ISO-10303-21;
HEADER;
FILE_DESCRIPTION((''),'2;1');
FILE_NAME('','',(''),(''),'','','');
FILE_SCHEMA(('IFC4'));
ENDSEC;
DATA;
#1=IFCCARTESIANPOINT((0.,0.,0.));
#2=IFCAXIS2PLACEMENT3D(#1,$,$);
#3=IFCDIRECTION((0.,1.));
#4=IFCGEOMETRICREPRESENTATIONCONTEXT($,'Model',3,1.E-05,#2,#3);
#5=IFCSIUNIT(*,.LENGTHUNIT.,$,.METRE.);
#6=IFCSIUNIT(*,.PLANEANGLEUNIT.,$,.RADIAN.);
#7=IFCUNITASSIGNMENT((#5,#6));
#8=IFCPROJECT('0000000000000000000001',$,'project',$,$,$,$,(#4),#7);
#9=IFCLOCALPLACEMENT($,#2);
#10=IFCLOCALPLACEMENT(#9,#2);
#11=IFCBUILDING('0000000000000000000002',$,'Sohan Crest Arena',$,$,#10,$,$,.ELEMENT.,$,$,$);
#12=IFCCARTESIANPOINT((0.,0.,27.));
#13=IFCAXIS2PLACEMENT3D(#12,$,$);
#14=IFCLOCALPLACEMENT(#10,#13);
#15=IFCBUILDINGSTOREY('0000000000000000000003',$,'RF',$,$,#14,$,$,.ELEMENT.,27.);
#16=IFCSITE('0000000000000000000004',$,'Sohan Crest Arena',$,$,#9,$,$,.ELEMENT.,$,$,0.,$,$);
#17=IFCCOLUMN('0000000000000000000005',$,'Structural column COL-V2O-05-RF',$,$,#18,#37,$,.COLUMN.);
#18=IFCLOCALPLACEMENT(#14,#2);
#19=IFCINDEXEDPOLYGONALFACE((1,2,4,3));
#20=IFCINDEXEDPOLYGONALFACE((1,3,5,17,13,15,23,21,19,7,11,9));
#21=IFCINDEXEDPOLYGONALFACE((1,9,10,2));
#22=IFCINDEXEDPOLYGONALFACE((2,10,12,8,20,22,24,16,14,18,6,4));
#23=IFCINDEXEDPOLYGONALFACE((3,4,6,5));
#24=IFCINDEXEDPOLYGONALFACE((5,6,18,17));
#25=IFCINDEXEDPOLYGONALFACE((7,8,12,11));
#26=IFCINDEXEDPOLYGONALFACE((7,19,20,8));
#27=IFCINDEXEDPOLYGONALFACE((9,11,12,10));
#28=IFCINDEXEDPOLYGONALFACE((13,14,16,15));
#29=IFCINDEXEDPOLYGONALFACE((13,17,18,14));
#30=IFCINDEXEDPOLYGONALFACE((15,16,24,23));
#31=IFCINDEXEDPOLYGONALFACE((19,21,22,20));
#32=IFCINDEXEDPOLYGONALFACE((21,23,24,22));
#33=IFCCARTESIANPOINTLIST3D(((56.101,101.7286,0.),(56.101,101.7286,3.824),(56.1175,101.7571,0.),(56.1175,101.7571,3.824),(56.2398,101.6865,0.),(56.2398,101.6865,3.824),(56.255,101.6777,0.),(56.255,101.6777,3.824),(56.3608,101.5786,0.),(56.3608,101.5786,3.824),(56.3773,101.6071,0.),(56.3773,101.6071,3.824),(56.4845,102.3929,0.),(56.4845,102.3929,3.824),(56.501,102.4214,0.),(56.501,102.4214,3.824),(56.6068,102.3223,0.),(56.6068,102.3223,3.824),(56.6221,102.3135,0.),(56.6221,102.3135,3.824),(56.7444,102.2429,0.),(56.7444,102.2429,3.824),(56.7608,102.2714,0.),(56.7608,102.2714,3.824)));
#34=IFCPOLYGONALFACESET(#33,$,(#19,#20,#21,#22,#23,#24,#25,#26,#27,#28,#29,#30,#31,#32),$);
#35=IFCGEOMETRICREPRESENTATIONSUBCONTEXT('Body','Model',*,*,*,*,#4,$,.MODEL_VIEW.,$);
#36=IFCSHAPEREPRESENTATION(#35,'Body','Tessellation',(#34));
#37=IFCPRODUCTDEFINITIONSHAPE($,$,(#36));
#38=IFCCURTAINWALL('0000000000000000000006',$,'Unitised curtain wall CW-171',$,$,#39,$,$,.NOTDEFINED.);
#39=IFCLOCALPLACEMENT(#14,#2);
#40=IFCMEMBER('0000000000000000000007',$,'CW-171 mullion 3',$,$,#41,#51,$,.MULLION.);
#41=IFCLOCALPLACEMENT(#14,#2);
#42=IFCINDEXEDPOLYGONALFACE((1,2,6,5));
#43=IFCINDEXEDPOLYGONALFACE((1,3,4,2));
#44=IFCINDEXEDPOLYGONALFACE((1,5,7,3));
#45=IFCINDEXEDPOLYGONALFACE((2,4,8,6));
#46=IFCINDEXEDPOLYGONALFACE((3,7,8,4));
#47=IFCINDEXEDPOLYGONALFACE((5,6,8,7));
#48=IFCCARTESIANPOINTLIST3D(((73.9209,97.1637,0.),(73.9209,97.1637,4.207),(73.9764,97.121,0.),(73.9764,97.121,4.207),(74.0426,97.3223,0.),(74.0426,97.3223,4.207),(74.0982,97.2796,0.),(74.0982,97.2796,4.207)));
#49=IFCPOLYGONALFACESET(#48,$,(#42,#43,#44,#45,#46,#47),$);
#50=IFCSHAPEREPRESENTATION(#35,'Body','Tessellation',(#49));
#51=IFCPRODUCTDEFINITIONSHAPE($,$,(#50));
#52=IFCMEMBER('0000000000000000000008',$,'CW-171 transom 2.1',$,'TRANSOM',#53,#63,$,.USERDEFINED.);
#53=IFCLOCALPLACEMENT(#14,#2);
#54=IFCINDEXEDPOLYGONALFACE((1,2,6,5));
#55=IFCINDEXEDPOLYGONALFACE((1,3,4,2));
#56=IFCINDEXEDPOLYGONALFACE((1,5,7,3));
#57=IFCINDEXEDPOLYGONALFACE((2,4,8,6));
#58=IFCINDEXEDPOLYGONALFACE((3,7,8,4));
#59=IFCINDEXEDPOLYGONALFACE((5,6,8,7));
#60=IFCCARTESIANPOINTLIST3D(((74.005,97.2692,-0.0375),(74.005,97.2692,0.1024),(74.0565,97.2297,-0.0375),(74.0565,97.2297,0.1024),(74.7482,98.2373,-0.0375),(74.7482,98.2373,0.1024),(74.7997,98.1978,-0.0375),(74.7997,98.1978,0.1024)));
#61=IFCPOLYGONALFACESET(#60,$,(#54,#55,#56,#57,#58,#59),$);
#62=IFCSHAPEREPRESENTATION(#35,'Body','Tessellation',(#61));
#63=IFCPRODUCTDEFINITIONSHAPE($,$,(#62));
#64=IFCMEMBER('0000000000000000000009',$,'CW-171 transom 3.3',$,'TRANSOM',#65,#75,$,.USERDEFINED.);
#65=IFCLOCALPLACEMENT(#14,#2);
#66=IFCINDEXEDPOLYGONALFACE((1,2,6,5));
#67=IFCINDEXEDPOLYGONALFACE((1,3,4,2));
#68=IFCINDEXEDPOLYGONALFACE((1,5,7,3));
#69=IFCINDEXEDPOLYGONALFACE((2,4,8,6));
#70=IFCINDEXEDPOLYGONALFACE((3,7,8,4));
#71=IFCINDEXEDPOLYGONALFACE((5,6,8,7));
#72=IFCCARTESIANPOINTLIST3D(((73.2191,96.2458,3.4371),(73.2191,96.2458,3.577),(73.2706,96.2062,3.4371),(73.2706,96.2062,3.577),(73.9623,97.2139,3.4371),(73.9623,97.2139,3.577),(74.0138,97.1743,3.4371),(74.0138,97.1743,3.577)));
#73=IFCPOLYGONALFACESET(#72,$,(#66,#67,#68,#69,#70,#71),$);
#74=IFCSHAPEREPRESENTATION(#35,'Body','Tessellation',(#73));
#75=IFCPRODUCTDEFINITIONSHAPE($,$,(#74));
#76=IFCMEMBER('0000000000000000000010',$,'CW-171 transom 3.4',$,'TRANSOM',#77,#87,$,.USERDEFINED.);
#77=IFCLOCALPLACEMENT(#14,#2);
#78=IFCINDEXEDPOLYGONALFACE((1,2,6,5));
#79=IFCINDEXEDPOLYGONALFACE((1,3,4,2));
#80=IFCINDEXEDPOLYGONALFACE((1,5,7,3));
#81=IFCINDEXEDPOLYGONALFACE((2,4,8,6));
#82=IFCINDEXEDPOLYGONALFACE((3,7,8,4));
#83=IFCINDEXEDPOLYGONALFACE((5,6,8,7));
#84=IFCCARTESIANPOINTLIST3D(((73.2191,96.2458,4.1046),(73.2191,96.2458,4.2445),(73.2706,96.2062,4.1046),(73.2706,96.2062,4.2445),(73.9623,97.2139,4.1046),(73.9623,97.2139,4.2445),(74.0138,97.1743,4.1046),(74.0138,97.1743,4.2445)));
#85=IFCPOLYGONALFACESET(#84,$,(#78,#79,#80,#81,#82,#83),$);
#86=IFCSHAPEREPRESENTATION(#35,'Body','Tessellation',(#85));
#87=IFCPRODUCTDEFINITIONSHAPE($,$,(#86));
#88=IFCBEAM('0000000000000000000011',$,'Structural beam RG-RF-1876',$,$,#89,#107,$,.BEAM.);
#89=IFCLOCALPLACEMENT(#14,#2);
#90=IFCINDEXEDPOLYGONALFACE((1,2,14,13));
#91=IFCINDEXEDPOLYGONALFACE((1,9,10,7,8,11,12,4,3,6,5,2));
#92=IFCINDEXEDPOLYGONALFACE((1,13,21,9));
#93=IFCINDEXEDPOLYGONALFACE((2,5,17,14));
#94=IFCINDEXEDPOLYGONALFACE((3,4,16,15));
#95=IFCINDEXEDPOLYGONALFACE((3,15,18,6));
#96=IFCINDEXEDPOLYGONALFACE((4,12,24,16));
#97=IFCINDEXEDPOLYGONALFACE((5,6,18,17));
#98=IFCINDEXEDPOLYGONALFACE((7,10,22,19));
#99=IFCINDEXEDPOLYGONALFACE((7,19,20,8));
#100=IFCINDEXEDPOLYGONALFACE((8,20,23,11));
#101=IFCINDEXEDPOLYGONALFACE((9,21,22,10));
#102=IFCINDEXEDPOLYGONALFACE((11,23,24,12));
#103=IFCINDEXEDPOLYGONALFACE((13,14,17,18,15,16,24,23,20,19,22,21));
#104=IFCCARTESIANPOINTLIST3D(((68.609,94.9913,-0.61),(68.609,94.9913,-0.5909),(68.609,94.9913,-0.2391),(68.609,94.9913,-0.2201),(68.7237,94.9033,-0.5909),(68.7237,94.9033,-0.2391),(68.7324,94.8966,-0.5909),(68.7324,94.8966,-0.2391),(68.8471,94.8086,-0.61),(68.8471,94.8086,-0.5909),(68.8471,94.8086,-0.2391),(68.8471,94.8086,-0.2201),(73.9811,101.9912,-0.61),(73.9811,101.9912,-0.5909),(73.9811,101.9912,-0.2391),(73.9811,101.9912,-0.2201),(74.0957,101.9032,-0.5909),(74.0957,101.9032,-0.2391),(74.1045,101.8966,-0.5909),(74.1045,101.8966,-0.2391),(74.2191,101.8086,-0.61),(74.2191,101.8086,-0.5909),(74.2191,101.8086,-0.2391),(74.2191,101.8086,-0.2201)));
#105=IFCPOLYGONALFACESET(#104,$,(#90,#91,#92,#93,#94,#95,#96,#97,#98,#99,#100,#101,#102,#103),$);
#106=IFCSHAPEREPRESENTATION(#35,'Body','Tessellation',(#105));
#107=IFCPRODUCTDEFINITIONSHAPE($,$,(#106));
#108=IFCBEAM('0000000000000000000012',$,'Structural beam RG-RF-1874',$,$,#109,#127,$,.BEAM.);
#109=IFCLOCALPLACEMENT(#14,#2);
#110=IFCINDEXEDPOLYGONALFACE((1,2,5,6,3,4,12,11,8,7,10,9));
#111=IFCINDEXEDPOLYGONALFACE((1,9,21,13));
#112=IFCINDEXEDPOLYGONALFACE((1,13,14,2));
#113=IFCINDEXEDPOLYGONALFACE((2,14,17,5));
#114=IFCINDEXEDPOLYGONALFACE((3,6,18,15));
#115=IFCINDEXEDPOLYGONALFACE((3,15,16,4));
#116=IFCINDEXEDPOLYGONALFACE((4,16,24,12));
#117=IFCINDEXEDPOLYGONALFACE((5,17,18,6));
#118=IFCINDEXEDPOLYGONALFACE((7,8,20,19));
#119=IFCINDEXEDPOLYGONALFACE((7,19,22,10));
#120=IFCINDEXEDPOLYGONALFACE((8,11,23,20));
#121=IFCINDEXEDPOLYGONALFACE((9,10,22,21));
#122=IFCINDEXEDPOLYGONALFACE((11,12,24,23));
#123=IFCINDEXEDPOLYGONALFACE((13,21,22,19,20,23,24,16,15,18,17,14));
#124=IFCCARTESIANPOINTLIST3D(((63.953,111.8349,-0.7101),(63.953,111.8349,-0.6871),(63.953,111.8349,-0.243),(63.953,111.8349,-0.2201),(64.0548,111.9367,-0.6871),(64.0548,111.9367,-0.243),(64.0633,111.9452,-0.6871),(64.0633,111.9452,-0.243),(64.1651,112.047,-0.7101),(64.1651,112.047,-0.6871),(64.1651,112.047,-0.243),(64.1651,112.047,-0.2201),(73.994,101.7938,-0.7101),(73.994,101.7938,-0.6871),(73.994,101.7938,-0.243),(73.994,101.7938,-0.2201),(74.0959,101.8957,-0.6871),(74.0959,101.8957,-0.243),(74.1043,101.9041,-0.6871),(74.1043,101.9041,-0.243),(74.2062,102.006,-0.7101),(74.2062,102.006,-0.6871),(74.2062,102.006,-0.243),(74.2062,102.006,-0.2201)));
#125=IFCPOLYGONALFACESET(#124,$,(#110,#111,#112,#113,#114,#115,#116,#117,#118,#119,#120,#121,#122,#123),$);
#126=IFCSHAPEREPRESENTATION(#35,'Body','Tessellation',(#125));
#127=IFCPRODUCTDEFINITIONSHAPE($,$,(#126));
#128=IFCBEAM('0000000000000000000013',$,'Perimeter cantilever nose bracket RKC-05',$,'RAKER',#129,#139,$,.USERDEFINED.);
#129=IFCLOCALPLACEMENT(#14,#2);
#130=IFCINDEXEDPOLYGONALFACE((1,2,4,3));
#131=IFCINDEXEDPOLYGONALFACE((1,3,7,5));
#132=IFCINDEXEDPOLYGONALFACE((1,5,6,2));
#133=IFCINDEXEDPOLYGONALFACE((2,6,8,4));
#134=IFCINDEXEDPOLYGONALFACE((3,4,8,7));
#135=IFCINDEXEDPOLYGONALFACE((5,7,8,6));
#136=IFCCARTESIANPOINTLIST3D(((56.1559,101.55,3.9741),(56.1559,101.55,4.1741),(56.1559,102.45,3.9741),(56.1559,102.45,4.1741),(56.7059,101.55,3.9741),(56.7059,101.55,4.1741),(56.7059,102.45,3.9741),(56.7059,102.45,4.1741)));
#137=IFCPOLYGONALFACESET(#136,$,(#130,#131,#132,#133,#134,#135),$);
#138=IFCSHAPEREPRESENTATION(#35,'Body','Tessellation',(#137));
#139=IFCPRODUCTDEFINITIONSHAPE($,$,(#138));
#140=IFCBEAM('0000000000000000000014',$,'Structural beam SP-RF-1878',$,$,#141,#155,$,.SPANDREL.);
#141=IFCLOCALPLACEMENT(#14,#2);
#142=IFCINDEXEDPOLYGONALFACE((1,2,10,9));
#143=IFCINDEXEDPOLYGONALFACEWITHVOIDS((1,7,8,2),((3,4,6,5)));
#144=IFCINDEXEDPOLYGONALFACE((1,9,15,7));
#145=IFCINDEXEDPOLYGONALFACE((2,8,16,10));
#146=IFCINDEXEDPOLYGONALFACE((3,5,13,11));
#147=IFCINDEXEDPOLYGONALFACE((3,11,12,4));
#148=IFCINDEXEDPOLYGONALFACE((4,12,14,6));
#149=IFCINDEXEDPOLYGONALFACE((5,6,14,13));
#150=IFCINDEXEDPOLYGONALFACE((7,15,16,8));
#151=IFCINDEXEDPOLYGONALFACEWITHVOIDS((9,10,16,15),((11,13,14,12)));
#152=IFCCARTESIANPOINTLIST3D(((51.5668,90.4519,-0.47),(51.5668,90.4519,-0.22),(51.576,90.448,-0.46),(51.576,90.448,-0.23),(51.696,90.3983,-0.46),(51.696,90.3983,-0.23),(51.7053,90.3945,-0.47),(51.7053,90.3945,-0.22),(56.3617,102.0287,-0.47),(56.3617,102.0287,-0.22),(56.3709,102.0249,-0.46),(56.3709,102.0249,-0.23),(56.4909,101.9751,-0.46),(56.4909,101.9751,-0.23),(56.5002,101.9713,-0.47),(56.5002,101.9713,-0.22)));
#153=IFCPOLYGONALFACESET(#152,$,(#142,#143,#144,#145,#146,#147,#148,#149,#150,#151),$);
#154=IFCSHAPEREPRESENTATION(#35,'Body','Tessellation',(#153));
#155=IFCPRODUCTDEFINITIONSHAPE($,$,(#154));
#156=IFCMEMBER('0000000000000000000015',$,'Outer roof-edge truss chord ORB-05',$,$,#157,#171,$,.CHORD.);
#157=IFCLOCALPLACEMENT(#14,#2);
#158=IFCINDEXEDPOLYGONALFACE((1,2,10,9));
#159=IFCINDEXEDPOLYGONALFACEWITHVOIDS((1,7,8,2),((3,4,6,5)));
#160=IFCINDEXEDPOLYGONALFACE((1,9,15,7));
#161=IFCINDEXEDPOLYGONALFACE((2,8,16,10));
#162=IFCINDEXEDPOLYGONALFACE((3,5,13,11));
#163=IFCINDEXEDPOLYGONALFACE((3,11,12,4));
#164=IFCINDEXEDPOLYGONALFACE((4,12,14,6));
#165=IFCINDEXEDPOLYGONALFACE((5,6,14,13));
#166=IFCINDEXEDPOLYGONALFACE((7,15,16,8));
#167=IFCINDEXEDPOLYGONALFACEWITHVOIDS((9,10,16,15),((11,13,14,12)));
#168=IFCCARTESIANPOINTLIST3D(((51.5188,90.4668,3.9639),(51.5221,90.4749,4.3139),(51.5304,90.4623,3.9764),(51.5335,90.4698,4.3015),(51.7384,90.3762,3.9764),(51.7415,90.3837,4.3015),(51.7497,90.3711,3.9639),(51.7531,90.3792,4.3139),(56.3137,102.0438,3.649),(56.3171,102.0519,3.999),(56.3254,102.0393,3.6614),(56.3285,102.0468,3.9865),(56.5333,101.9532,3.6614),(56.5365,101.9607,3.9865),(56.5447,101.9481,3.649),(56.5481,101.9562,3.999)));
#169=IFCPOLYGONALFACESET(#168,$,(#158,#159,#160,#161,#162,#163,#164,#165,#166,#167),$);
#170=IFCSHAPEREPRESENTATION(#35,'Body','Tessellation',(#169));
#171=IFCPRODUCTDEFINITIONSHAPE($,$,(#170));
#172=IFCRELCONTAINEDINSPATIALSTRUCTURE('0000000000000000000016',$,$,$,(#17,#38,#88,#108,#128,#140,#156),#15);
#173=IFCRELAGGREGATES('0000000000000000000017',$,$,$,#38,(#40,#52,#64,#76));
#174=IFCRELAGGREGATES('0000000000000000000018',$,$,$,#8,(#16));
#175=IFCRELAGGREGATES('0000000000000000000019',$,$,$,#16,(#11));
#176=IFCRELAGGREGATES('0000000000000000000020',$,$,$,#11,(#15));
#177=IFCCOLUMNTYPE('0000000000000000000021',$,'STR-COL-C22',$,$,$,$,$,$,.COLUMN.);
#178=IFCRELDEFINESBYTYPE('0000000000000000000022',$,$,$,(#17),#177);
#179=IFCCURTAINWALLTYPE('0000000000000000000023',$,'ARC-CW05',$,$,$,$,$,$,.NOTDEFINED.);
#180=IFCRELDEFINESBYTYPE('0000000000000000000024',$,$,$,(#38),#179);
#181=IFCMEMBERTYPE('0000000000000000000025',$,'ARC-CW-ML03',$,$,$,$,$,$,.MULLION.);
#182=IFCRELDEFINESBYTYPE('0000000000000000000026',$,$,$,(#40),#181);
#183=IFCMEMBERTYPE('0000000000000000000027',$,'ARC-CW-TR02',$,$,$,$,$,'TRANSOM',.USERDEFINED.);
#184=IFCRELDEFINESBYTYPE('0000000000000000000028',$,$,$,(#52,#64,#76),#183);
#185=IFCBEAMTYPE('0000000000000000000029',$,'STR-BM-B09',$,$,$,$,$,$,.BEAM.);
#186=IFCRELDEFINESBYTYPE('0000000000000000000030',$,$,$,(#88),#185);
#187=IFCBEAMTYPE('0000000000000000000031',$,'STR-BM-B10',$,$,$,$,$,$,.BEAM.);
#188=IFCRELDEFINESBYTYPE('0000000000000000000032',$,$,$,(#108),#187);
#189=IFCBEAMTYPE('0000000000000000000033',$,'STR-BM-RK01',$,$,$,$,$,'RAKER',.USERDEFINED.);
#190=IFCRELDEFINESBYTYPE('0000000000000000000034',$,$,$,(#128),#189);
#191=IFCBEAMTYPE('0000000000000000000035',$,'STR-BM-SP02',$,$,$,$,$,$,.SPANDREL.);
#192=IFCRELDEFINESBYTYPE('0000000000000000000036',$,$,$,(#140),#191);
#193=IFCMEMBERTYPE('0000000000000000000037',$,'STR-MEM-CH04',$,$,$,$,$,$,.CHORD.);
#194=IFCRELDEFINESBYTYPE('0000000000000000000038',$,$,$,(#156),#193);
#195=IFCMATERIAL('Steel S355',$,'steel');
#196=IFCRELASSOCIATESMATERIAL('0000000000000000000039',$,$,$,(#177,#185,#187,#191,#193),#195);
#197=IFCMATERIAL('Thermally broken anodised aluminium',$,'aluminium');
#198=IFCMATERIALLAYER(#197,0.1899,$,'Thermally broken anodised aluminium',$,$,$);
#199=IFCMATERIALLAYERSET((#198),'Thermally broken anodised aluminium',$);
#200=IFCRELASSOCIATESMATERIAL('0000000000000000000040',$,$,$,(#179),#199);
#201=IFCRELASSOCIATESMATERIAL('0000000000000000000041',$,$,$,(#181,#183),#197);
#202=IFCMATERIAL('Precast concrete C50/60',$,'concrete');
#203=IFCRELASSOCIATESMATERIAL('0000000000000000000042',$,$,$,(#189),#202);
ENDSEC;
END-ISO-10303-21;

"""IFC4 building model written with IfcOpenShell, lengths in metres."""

from ifc_helpers import new_model, si_unit, direction, frame, origin, origin_2d, place, context, subcontext, project, spatial, rectangle, hollow_rectangle, i_section, extrude, material, layer, layer_set, material_profile, profile_set, type_object, element, aggregate, save


model = new_model("IFC4")

# Units and contexts
model_context = context("Model", 3, precision=1e-05, world=origin(), true_north=direction((0.0, 1.0)))
body_context = subcontext(model_context, "Body", "Model", "MODEL_VIEW")
ifc_project = project(units=[si_unit("LENGTHUNIT", "METRE"), si_unit("PLANEANGLEUNIT", "RADIAN")], contexts=[model_context])

# Site, building, storey
site_placement = place(None, origin())
site = spatial("IfcSite", under=ifc_project, at=site_placement, Name="Sohan Crest Arena", CompositionType="ELEMENT", RefElevation=0.0)
building_placement = place(site_placement, origin())
building = spatial("IfcBuilding", under=site, at=building_placement, Name="Sohan Crest Arena", CompositionType="ELEMENT")
storey_placement = place(building_placement, frame((0.0, 0.0, 27.0)))
storey = spatial("IfcBuildingStorey", under=building, at=storey_placement, Name="RF", CompositionType="ELEMENT", Elevation=27.0)

# Column
ifc_material_1 = material(Name="Steel S355", Category="steel")
ifc_material_profile_1 = material_profile(ifc_material_1, i_section(OverallWidth=0.3, OverallDepth=0.8, WebThickness=0.0176, FlangeThickness=0.033, at=origin_2d()), Name="HEB 800")
ifc_profile_set_1 = profile_set([ifc_material_profile_1], Name="Steel S355")
column_type = type_object("IfcColumnType", Name="STR-COL-C22", PredefinedType="COLUMN", material=ifc_profile_set_1)
column_placement = place(storey_placement, frame((56.4309, 102.0, 0.0), z_axis=(0.0, 0.0, 1.0), x_axis=(-0.866025, 0.5, 0.0)))
element("IfcColumn", 1, at=column_placement, inside=storey, type_object=column_type, Name="Structural column COL-V2O-05-RF", PredefinedType="COLUMN", context=body_context, shape_type="SweptSolid", body=[
    extrude(i_section(OverallWidth=0.3, OverallDepth=0.8, WebThickness=0.0176, FlangeThickness=0.033, at=origin_2d()), origin(), (0.0, 0.0, 1.0), 3.824),
])

# Curtain wall, members
ifc_material_2 = material(Name="Thermally broken anodised aluminium", Category="aluminium")
ifc_layer_1 = layer(ifc_material_2, 0.1899, Name="Thermally broken anodised aluminium")
ifc_layer_set_1 = layer_set([ifc_layer_1], Name="Thermally broken anodised aluminium")
curtain_wall_type = type_object("IfcCurtainWallType", Name="ARC-CW05", PredefinedType="NOTDEFINED", material=ifc_layer_set_1)
curtain_wall_placement = place(storey_placement, origin())
curtain_wall = element("IfcCurtainWall", 2, at=curtain_wall_placement, inside=storey, type_object=curtain_wall_type, Name="Unitised curtain wall CW-171", PredefinedType="NOTDEFINED")
ifc_material_profile_2 = material_profile(ifc_material_2, rectangle(XDim=0.0701, YDim=0.2, at=origin_2d()), Name="ALU-MULL 70x200")
ifc_profile_set_2 = profile_set([ifc_material_profile_2], Name="Thermally broken anodised aluminium")
member_type_1 = type_object("IfcMemberType", Name="ARC-CW-ML03", PredefinedType="MULLION", material=ifc_profile_set_2)
member_1_placement = place(storey_placement, frame((74.0095, 97.2217, 0.0), z_axis=(0.0, 0.0, 1.0), x_axis=(0.793217, -0.608939, 0.0)))
member_1 = element("IfcMember", 3, at=member_1_placement, type_object=member_type_1, Name="CW-171 mullion 3", PredefinedType="MULLION", context=body_context, shape_type="SweptSolid", body=[
    extrude(rectangle(XDim=0.0701, YDim=0.2, at=origin_2d()), origin(), (0.0, 0.0, 1.0), 4.207),
])
ifc_material_profile_3 = material_profile(ifc_material_2, rectangle(XDim=0.0649, YDim=0.1399, at=origin_2d()), Name="ALU-TRAN 65x140")
ifc_profile_set_3 = profile_set([ifc_material_profile_3], Name="Thermally broken anodised aluminium")
member_type_2 = type_object("IfcMemberType", Name="ARC-CW-TR02", ElementType="TRANSOM", PredefinedType="USERDEFINED", material=ifc_profile_set_3)
member_2_placement = place(storey_placement, frame((74.7739, 98.2175, 0.0325), z_axis=(-0.608956, -0.793204, 0.0), x_axis=(0.793204, -0.608956, 0.0)))
member_2 = element("IfcMember", 4, at=member_2_placement, type_object=member_type_2, Name="CW-171 transom 2.1", ObjectType="TRANSOM", PredefinedType="USERDEFINED", context=body_context, shape_type="SweptSolid", body=[
    extrude(rectangle(XDim=0.0649, YDim=0.1399, at=origin_2d()), origin(), (0.0, 0.0, 1.0), 1.2205),
])
member_3_placement = place(storey_placement, frame((73.988, 97.1941, 3.5071), z_axis=(-0.608956, -0.793204, 0.0), x_axis=(0.793204, -0.608956, 0.0)))
member_3 = element("IfcMember", 5, at=member_3_placement, type_object=member_type_2, Name="CW-171 transom 3.3", ObjectType="TRANSOM", PredefinedType="USERDEFINED", context=body_context, shape_type="SweptSolid", body=[
    extrude(rectangle(XDim=0.0649, YDim=0.1399, at=origin_2d()), origin(), (0.0, 0.0, 1.0), 1.2205),
])
member_4_placement = place(storey_placement, frame((73.988, 97.1941, 4.1746), z_axis=(-0.608956, -0.793204, 0.0), x_axis=(0.793204, -0.608956, 0.0)))
member_4 = element("IfcMember", 6, at=member_4_placement, type_object=member_type_2, Name="CW-171 transom 3.4", ObjectType="TRANSOM", PredefinedType="USERDEFINED", context=body_context, shape_type="SweptSolid", body=[
    extrude(rectangle(XDim=0.0649, YDim=0.1399, at=origin_2d()), origin(), (0.0, 0.0, 1.0), 1.2205),
])

# Beams
ifc_material_profile_4 = material_profile(ifc_material_1, i_section(OverallWidth=0.3, OverallDepth=0.3899, WebThickness=0.011, FlangeThickness=0.019, at=origin_2d()), Name="HEA 400")
ifc_profile_set_4 = profile_set([ifc_material_profile_4], Name="Steel S355")
beam_type_1 = type_object("IfcBeamType", Name="STR-BM-B09", PredefinedType="BEAM", material=ifc_profile_set_4)
beam_1_placement = place(storey_placement, frame((74.1001, 101.8999, -0.415), z_axis=(-0.608817, -0.793311, 0.0), x_axis=(0.793311, -0.608817, 0.0)))
element("IfcBeam", 7, at=beam_1_placement, inside=storey, type_object=beam_type_1, Name="Structural beam RG-RF-1876", PredefinedType="BEAM", context=body_context, shape_type="SweptSolid", body=[
    extrude(i_section(OverallWidth=0.3, OverallDepth=0.3899, WebThickness=0.011, FlangeThickness=0.019, at=origin_2d()), origin(), (0.0, 0.0, 1.0), 8.8237),
])
ifc_material_profile_5 = material_profile(ifc_material_1, i_section(OverallWidth=0.3, OverallDepth=0.49, WebThickness=0.012, FlangeThickness=0.0229, at=origin_2d()), Name="HEA 500")
ifc_profile_set_5 = profile_set([ifc_material_profile_5], Name="Steel S355")
beam_type_2 = type_object("IfcBeamType", Name="STR-BM-B10", PredefinedType="BEAM", material=ifc_profile_set_5)
beam_2_placement = place(storey_placement, frame((74.1001, 101.8999, -0.4651), z_axis=(-0.707107, 0.707107, 0.0), x_axis=(-0.707107, -0.707107, 0.0)))
element("IfcBeam", 8, at=beam_2_placement, inside=storey, type_object=beam_type_2, Name="Structural beam RG-RF-1874", PredefinedType="BEAM", context=body_context, shape_type="SweptSolid", body=[
    extrude(i_section(OverallWidth=0.3, OverallDepth=0.49, WebThickness=0.012, FlangeThickness=0.0229, at=origin_2d()), origin(), (0.0, 0.0, 1.0), 14.2002),
])
ifc_material_3 = material(Name="Precast concrete C50/60", Category="concrete")
ifc_material_profile_6 = material_profile(ifc_material_3, rectangle(XDim=0.55, YDim=0.8999, at=origin_2d()), Name="RAKER 550x900")
ifc_profile_set_6 = profile_set([ifc_material_profile_6], Name="Precast concrete C50/60")
beam_type_3 = type_object("IfcBeamType", Name="STR-BM-RK01", ElementType="RAKER", PredefinedType="USERDEFINED", material=ifc_profile_set_6)
beam_3_placement = place(storey_placement, frame((56.4309, 102.0, 4.1741), z_axis=(0.0, 0.0, -1.0), x_axis=(1.0, 0.0, 0.0)))
element("IfcBeam", 9, at=beam_3_placement, inside=storey, type_object=beam_type_3, Name="Perimeter cantilever nose bracket RKC-05", ObjectType="RAKER", PredefinedType="USERDEFINED", context=body_context, shape_type="SweptSolid", body=[
    extrude(rectangle(XDim=0.55, YDim=0.8999, at=origin_2d()), origin(), (0.0, 0.0, 1.0), 0.2),
])
ifc_material_profile_7 = material_profile(ifc_material_1, hollow_rectangle(XDim=0.1499, YDim=0.25, WallThickness=0.01, at=origin_2d()), Name="RHS 250x150x10")
ifc_profile_set_7 = profile_set([ifc_material_profile_7], Name="Steel S355")
beam_type_4 = type_object("IfcBeamType", Name="STR-BM-SP02", PredefinedType="SPANDREL", material=ifc_profile_set_7)
beam_4_placement = place(storey_placement, frame((56.4309, 102.0, -0.345), z_axis=(-0.382657, -0.923891, 0.0), x_axis=(0.923891, -0.382657, 0.0)))
element("IfcBeam", 10, at=beam_4_placement, inside=storey, type_object=beam_type_4, Name="Structural beam SP-RF-1878", PredefinedType="SPANDREL", context=body_context, shape_type="SweptSolid", body=[
    extrude(hollow_rectangle(XDim=0.1499, YDim=0.25, WallThickness=0.01, at=origin_2d()), origin(), (0.0, 0.0, 1.0), 12.5305),
])

# Member
ifc_material_profile_8 = material_profile(ifc_material_1, hollow_rectangle(XDim=0.25, YDim=0.3501, WallThickness=0.0125, at=origin_2d()), Name="RHS 350x250x12.5")
ifc_profile_set_8 = profile_set([ifc_material_profile_8], Name="Steel S355")
member_type_3 = type_object("IfcMemberType", Name="STR-MEM-CH04", PredefinedType="CHORD", material=ifc_profile_set_8)
member_5_placement = place(storey_placement, frame((56.4309, 102.0, 3.824), z_axis=(-0.382536, -0.923599, 0.025126), x_axis=(0.923891, -0.382657, 0.0)))
element("IfcMember", 11, at=member_5_placement, inside=storey, type_object=member_type_3, Name="Outer roof-edge truss chord ORB-05", PredefinedType="CHORD", context=body_context, shape_type="SweptSolid", body=[
    extrude(hollow_rectangle(XDim=0.25, YDim=0.3501, WallThickness=0.0125, at=origin_2d()), origin(), (0.0, 0.0, 1.0), 12.5347),
])

aggregate(curtain_wall, [member_1, member_2, member_3, member_4])

save(model, "model.ifc")
